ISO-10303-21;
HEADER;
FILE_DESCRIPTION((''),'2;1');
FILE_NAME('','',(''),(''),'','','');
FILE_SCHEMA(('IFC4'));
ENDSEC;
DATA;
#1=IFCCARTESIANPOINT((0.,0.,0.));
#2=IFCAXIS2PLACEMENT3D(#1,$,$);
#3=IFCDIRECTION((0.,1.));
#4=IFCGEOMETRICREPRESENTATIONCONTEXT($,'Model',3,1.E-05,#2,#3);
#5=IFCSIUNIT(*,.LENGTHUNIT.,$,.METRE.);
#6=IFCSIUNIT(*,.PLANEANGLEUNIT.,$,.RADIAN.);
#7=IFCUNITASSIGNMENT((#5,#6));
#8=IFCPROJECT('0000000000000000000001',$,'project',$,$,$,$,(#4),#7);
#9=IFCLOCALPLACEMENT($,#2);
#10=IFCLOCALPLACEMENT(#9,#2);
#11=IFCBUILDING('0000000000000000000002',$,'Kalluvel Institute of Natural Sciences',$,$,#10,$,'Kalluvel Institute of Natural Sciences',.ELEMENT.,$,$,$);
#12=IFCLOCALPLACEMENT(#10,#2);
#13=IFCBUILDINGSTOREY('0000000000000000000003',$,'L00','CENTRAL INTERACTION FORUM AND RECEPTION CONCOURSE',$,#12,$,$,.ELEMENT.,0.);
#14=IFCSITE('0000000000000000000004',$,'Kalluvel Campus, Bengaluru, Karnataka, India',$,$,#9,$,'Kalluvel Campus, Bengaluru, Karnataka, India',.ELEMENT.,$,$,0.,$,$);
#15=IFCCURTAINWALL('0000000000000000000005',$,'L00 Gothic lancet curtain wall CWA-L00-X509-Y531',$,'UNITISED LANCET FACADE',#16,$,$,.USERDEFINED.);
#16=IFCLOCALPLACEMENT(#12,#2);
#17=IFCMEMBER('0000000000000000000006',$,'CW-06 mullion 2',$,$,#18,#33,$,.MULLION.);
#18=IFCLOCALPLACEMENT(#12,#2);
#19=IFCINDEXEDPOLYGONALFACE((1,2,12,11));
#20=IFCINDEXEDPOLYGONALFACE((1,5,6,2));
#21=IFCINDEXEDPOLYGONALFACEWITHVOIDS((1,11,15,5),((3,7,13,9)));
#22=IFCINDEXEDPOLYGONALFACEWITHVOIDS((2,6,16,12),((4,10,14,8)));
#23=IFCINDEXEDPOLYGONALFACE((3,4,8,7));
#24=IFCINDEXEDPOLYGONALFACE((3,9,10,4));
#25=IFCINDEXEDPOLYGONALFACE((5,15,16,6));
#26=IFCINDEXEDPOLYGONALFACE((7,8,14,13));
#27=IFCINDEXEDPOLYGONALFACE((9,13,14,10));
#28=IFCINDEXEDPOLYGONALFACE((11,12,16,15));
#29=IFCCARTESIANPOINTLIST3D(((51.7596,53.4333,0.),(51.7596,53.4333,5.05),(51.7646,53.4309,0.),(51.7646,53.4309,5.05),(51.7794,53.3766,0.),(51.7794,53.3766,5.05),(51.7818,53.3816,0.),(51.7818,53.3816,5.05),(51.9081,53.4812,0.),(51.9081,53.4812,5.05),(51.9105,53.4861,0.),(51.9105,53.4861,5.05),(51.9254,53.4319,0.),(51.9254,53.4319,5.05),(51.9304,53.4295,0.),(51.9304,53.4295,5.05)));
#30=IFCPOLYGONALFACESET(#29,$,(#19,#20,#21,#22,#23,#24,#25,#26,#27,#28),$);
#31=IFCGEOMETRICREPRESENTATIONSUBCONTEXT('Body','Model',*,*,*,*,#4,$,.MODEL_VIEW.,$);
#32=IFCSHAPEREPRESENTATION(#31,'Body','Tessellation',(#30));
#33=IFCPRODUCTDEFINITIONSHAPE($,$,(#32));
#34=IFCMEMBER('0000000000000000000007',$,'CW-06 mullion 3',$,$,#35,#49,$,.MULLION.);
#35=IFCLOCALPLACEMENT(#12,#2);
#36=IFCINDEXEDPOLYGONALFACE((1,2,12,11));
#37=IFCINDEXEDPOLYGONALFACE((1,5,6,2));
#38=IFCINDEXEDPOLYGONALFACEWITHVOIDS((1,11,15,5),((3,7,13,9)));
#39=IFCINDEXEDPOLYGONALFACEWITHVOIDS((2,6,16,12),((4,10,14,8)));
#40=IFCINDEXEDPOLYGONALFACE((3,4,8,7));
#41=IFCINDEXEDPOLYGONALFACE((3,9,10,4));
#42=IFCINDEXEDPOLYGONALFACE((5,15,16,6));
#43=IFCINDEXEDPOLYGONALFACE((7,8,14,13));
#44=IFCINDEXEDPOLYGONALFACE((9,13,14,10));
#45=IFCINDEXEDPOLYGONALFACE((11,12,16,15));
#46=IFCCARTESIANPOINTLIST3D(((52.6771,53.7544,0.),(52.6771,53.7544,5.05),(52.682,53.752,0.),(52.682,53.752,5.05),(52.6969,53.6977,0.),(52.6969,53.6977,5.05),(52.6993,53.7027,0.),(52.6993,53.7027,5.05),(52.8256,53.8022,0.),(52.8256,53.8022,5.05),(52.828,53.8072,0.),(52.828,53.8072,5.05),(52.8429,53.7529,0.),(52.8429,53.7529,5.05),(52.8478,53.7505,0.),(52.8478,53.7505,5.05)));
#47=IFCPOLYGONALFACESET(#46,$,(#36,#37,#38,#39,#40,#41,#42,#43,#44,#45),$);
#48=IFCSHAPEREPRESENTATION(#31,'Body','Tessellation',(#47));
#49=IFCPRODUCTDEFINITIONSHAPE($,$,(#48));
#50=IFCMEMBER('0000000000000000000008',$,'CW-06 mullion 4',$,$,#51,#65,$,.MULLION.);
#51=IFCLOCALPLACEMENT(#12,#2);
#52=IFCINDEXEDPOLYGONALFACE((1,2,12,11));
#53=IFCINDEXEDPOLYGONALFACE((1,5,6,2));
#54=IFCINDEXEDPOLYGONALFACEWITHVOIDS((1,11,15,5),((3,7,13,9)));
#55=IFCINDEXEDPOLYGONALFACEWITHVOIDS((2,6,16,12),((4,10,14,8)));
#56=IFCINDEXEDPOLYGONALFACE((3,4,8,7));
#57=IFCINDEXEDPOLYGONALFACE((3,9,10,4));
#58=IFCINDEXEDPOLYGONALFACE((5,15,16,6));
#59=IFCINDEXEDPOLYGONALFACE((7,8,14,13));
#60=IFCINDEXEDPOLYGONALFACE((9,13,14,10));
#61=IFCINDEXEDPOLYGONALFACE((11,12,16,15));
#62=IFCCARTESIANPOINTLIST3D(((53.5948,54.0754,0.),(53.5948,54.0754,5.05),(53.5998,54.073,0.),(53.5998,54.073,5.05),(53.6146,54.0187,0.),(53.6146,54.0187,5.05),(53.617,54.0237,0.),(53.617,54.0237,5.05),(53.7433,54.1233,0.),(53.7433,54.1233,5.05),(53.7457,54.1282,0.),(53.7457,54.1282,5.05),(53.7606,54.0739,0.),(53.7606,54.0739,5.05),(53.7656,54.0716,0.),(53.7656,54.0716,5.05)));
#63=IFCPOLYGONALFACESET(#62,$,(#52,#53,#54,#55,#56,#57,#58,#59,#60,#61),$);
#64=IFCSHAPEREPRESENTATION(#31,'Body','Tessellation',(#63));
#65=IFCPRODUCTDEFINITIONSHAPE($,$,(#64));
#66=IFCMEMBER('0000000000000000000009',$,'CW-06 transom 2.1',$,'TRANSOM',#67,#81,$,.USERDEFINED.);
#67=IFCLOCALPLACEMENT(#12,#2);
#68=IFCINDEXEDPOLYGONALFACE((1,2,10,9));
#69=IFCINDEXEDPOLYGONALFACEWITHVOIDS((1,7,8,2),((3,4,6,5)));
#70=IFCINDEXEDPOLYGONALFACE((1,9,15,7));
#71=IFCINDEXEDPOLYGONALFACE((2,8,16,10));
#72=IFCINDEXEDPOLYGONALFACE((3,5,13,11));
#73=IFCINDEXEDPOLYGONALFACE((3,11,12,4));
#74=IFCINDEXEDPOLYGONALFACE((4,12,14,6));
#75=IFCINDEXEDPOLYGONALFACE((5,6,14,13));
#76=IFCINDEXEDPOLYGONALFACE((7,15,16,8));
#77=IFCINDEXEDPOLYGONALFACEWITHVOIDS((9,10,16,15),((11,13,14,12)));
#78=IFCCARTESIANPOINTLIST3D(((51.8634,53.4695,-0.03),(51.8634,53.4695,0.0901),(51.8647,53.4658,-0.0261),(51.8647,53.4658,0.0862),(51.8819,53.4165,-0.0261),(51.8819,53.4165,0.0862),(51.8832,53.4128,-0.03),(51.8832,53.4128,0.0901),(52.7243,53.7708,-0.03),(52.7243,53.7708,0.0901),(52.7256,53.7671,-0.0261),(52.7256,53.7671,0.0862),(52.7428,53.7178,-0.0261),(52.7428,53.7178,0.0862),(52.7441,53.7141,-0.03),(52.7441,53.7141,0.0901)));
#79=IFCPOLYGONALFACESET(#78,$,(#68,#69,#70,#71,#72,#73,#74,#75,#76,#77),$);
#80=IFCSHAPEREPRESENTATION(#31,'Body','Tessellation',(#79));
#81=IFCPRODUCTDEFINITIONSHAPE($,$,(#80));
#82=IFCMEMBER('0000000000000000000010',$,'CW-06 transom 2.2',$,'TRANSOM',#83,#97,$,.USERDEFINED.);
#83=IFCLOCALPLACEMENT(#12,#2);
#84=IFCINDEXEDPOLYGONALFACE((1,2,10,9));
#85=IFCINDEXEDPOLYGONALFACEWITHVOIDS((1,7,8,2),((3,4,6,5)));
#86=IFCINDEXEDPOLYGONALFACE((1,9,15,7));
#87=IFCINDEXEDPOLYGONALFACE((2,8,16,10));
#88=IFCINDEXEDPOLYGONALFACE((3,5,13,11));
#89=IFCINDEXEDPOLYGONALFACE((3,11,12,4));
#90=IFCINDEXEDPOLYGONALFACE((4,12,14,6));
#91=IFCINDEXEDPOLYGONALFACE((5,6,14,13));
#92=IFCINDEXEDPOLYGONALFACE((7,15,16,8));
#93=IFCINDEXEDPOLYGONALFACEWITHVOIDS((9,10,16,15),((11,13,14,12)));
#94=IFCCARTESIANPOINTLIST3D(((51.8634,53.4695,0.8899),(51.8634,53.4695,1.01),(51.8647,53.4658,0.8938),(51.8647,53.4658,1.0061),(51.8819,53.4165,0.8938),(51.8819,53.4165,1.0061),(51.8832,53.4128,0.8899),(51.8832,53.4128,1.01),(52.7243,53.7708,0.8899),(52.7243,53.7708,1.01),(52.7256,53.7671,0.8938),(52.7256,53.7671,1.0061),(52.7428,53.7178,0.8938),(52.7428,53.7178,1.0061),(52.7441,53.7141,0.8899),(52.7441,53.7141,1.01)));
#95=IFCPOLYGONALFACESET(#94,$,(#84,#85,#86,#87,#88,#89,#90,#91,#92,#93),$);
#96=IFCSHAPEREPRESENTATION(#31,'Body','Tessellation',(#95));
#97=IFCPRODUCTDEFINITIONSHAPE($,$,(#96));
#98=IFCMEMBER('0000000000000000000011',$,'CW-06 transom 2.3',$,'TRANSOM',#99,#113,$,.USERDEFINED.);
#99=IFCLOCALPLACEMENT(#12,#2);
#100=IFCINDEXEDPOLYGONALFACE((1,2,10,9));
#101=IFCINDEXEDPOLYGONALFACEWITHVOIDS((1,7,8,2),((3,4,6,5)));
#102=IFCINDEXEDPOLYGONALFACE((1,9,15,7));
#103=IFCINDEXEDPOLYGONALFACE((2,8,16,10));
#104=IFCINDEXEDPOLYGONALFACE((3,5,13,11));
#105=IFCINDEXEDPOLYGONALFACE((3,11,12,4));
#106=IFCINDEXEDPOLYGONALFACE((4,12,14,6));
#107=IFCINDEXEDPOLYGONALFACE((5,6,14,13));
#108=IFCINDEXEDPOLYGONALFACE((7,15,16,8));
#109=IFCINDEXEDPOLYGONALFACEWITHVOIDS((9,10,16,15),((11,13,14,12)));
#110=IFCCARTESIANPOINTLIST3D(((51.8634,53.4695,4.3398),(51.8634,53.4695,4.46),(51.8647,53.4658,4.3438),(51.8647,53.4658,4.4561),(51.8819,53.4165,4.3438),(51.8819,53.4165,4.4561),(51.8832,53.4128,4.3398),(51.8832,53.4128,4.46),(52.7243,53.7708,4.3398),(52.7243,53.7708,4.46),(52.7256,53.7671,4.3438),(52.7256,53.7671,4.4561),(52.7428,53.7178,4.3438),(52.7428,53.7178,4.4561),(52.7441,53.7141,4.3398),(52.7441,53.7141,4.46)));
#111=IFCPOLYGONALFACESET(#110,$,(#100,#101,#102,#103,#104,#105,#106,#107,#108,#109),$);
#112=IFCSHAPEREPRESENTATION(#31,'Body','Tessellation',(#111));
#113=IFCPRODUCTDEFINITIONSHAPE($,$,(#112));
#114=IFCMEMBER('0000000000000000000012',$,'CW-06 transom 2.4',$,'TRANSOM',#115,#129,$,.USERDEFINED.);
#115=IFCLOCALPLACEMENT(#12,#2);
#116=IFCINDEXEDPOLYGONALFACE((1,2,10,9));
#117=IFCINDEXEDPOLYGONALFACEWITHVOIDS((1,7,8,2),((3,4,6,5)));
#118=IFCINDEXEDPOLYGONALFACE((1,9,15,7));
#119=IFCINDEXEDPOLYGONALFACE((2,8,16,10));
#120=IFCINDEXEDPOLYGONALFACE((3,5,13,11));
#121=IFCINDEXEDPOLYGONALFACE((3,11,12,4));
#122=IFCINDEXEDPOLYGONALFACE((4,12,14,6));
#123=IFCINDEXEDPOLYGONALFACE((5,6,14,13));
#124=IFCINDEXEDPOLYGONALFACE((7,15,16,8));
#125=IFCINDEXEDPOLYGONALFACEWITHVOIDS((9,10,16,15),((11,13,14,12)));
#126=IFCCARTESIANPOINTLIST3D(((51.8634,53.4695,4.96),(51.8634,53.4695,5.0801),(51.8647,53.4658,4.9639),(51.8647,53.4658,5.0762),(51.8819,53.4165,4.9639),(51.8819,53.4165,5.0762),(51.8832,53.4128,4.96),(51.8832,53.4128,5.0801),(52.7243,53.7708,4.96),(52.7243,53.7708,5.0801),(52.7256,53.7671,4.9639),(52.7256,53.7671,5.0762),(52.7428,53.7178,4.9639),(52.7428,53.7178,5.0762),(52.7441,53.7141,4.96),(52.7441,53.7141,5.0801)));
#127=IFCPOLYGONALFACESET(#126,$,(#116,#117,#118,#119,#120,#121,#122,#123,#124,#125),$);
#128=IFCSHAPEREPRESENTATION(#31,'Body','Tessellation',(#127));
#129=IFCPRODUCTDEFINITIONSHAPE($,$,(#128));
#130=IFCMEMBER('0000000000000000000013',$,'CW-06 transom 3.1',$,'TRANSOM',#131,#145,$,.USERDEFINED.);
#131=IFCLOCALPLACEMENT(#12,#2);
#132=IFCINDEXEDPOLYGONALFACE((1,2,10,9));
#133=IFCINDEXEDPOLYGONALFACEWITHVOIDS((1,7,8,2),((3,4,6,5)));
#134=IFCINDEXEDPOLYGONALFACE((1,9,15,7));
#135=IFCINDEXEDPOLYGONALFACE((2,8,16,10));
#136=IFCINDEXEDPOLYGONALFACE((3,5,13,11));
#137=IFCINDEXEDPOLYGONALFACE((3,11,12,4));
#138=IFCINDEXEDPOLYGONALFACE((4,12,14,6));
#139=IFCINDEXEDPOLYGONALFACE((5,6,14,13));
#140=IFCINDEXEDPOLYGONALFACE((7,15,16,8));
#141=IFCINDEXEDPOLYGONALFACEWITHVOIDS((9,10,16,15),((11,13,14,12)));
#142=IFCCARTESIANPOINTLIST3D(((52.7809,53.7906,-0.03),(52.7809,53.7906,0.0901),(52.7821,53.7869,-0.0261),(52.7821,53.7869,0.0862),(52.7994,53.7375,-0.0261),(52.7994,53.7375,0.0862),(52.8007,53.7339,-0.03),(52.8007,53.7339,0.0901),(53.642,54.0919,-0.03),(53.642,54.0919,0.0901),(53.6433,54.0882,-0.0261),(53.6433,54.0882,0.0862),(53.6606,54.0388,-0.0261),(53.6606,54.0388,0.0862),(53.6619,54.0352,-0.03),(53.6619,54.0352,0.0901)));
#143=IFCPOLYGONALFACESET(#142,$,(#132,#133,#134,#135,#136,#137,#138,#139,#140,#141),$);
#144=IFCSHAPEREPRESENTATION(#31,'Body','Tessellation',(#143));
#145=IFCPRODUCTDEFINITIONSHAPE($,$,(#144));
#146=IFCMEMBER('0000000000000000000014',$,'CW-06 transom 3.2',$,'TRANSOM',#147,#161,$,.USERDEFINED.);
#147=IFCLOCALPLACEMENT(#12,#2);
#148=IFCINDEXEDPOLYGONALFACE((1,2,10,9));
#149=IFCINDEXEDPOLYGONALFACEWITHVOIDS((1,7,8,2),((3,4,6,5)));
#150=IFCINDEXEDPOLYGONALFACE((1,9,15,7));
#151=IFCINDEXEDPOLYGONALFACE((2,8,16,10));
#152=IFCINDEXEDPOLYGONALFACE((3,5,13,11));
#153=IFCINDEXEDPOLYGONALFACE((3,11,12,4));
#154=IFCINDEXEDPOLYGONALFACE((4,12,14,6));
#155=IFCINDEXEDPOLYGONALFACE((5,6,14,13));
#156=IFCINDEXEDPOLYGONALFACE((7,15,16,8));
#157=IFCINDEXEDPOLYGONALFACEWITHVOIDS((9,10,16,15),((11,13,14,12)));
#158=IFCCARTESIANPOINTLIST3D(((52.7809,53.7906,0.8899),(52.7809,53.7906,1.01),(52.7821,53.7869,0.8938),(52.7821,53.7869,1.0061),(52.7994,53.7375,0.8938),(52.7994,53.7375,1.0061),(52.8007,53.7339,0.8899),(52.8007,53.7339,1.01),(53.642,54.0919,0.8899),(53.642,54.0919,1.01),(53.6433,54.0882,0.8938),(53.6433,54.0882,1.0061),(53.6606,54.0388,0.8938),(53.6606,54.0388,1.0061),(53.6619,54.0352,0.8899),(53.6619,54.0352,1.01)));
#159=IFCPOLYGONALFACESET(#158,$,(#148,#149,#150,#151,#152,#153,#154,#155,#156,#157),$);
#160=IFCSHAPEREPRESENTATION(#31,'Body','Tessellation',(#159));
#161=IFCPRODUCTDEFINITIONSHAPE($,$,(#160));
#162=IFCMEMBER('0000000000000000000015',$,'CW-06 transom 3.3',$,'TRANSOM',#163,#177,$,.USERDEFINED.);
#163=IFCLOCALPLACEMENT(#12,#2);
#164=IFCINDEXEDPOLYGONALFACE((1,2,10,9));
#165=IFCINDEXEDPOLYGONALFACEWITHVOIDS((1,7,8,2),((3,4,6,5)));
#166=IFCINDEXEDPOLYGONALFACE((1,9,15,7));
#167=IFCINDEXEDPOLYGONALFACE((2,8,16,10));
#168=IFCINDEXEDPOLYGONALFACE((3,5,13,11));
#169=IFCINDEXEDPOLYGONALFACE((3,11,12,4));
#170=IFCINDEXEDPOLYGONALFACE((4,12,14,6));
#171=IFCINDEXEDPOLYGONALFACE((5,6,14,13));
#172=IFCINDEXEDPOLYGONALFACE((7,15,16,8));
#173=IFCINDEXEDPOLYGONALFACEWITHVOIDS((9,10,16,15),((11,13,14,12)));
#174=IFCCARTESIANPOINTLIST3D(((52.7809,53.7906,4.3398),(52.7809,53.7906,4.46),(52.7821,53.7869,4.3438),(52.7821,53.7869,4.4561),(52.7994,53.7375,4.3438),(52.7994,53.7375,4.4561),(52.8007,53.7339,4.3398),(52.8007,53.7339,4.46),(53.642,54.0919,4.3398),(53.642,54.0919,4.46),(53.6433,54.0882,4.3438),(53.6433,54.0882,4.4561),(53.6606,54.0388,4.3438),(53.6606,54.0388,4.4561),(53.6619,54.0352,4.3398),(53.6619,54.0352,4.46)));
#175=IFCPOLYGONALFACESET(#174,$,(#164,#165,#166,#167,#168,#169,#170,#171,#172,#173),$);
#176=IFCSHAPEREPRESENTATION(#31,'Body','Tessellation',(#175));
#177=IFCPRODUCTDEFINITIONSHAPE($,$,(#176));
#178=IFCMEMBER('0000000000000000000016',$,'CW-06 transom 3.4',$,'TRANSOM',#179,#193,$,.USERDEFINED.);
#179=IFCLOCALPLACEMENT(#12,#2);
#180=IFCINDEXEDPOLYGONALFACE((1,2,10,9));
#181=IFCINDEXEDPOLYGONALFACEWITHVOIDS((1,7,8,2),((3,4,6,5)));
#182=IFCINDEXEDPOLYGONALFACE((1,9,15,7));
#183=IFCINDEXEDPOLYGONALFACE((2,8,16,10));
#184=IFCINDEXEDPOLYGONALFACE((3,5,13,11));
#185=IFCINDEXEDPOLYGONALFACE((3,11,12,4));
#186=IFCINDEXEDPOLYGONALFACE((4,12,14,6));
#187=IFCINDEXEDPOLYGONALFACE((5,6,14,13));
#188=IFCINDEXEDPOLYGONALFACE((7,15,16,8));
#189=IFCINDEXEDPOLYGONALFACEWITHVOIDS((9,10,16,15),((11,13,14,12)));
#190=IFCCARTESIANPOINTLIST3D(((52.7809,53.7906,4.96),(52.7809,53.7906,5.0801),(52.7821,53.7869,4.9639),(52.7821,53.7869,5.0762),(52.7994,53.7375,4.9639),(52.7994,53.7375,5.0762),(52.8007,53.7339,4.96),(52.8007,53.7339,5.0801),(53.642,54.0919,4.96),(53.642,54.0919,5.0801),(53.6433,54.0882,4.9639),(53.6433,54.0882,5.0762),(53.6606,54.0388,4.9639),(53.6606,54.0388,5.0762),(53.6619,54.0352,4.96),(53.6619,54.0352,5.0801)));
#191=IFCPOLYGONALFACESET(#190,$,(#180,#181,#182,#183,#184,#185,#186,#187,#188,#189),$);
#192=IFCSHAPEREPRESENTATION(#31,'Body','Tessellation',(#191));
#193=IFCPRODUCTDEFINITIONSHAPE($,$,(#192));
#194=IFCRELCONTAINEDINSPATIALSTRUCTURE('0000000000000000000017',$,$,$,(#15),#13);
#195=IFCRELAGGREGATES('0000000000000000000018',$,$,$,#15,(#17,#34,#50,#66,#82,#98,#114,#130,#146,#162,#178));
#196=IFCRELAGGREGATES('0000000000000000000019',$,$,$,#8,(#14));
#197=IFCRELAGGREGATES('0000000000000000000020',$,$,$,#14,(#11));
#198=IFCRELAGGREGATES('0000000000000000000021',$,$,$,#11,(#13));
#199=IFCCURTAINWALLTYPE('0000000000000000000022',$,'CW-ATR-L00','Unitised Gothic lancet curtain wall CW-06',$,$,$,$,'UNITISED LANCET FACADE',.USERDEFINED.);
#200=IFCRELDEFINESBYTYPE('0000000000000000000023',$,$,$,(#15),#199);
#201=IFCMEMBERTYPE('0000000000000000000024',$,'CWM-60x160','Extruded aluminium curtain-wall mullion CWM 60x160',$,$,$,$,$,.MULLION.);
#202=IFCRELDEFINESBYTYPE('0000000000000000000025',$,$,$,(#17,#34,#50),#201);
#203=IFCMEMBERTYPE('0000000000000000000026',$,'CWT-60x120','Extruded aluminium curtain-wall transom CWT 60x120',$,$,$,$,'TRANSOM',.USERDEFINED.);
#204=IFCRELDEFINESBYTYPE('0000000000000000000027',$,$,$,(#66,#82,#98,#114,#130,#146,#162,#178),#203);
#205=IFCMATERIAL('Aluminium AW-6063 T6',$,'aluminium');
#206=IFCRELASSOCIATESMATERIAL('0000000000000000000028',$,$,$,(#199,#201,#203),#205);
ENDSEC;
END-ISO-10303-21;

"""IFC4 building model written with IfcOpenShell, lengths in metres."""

from ifc_helpers import new_model, si_unit, direction, frame, origin, origin_2d, place, context, subcontext, project, spatial, hollow_rectangle, extrude, material, material_profile, profile_set, type_object, element, aggregate, save


model = new_model("IFC4")

# Units and contexts
model_context = context("Model", 3, precision=1e-05, world=origin(), true_north=direction((0.0, 1.0)))
body_context = subcontext(model_context, "Body", "Model", "MODEL_VIEW")
ifc_project = project(units=[si_unit("LENGTHUNIT", "METRE"), si_unit("PLANEANGLEUNIT", "RADIAN")], contexts=[model_context])

# Site, building, storey
site_placement = place(None, origin())
site = spatial("IfcSite", under=ifc_project, at=site_placement, Name="Kalluvel Campus, Bengaluru, Karnataka, India", LongName="Kalluvel Campus, Bengaluru, Karnataka, India", CompositionType="ELEMENT", RefElevation=0.0)
building_placement = place(site_placement, origin())
building = spatial("IfcBuilding", under=site, at=building_placement, Name="Kalluvel Institute of Natural Sciences", LongName="Kalluvel Institute of Natural Sciences", CompositionType="ELEMENT")
storey_placement = place(building_placement, origin())
storey = spatial("IfcBuildingStorey", under=building, at=storey_placement, Name="L00", Description="CENTRAL INTERACTION FORUM AND RECEPTION CONCOURSE", CompositionType="ELEMENT", Elevation=0.0)

# Curtain wall, members
ifc_material_1 = material(Name="Aluminium AW-6063 T6", Category="aluminium")
curtain_wall_type = type_object("IfcCurtainWallType", Name="CW-ATR-L00", Description="Unitised Gothic lancet curtain wall CW-06", ElementType="UNITISED LANCET FACADE", PredefinedType="USERDEFINED", material=ifc_material_1)
curtain_wall_placement = place(storey_placement, origin())
curtain_wall = element("IfcCurtainWall", 1, at=curtain_wall_placement, inside=storey, type_object=curtain_wall_type, Name="L00 Gothic lancet curtain wall CWA-L00-X509-Y531", ObjectType="UNITISED LANCET FACADE", PredefinedType="USERDEFINED")
ifc_material_profile_1 = material_profile(ifc_material_1, hollow_rectangle(XDim=0.0601, YDim=0.1599, WallThickness=0.0039, at=origin_2d()), Name="CWM 60x160")
ifc_profile_set_1 = profile_set([ifc_material_profile_1], Name="Aluminium AW-6063 T6")
member_type_1 = type_object("IfcMemberType", Name="CWM-60x160", Description="Extruded aluminium curtain-wall mullion CWM 60x160", PredefinedType="MULLION", material=ifc_profile_set_1)
member_1_placement = place(storey_placement, frame((51.845, 53.4314, 0.0), z_axis=(0.0, 0.0, 1.0), x_axis=(-0.330295, 0.943878, 0.0)))
member_1 = element("IfcMember", 2, at=member_1_placement, type_object=member_type_1, Name="CW-06 mullion 2", PredefinedType="MULLION", context=body_context, shape_type="SweptSolid", body=[
    extrude(hollow_rectangle(XDim=0.0601, YDim=0.1599, WallThickness=0.0039, at=origin_2d()), origin(), (0.0, 0.0, 1.0), 5.05),
])
member_2_placement = place(storey_placement, frame((52.7625, 53.7524, 0.0), z_axis=(0.0, 0.0, 1.0), x_axis=(-0.330295, 0.943878, 0.0)))
member_2 = element("IfcMember", 3, at=member_2_placement, type_object=member_type_1, Name="CW-06 mullion 3", PredefinedType="MULLION", context=body_context, shape_type="SweptSolid", body=[
    extrude(hollow_rectangle(XDim=0.0601, YDim=0.1599, WallThickness=0.0039, at=origin_2d()), origin(), (0.0, 0.0, 1.0), 5.05),
])
member_3_placement = place(storey_placement, frame((53.6802, 54.0735, 0.0), z_axis=(0.0, 0.0, 1.0), x_axis=(-0.330295, 0.943878, 0.0)))
member_3 = element("IfcMember", 4, at=member_3_placement, type_object=member_type_1, Name="CW-06 mullion 4", PredefinedType="MULLION", context=body_context, shape_type="SweptSolid", body=[
    extrude(hollow_rectangle(XDim=0.0601, YDim=0.1599, WallThickness=0.0039, at=origin_2d()), origin(), (0.0, 0.0, 1.0), 5.05),
])
ifc_material_profile_2 = material_profile(ifc_material_1, hollow_rectangle(XDim=0.0601, YDim=0.1201, WallThickness=0.0039, at=origin_2d()), Name="CWT 60x120")
ifc_profile_set_2 = profile_set([ifc_material_profile_2], Name="Aluminium AW-6063 T6")
member_type_2 = type_object("IfcMemberType", Name="CWT-60x120", Description="Extruded aluminium curtain-wall transom CWT 60x120", ElementType="TRANSOM", PredefinedType="USERDEFINED", material=ifc_profile_set_2)
member_4_placement = place(storey_placement, frame((51.8733, 53.4412, 0.03), z_axis=(0.943867, 0.330327, 0.0), x_axis=(-0.330327, 0.943867, 0.0)))
member_4 = element("IfcMember", 5, at=member_4_placement, type_object=member_type_2, Name="CW-06 transom 2.1", ObjectType="TRANSOM", PredefinedType="USERDEFINED", context=body_context, shape_type="SweptSolid", body=[
    extrude(hollow_rectangle(XDim=0.0601, YDim=0.1201, WallThickness=0.0039, at=origin_2d()), origin(), (0.0, 0.0, 1.0), 0.9121),
])
member_5_placement = place(storey_placement, frame((51.8733, 53.4412, 0.95), z_axis=(0.943867, 0.330327, 0.0), x_axis=(-0.330327, 0.943867, 0.0)))
member_5 = element("IfcMember", 6, at=member_5_placement, type_object=member_type_2, Name="CW-06 transom 2.2", ObjectType="TRANSOM", PredefinedType="USERDEFINED", context=body_context, shape_type="SweptSolid", body=[
    extrude(hollow_rectangle(XDim=0.0601, YDim=0.1201, WallThickness=0.0039, at=origin_2d()), origin(), (0.0, 0.0, 1.0), 0.9121),
])
member_6_placement = place(storey_placement, frame((51.8733, 53.4412, 4.3999), z_axis=(0.943867, 0.330327, 0.0), x_axis=(-0.330327, 0.943867, 0.0)))
member_6 = element("IfcMember", 7, at=member_6_placement, type_object=member_type_2, Name="CW-06 transom 2.3", ObjectType="TRANSOM", PredefinedType="USERDEFINED", context=body_context, shape_type="SweptSolid", body=[
    extrude(hollow_rectangle(XDim=0.0601, YDim=0.1201, WallThickness=0.0039, at=origin_2d()), origin(), (0.0, 0.0, 1.0), 0.9121),
])
member_7_placement = place(storey_placement, frame((51.8733, 53.4412, 5.02), z_axis=(0.943867, 0.330327, 0.0), x_axis=(-0.330327, 0.943867, 0.0)))
member_7 = element("IfcMember", 8, at=member_7_placement, type_object=member_type_2, Name="CW-06 transom 2.4", ObjectType="TRANSOM", PredefinedType="USERDEFINED", context=body_context, shape_type="SweptSolid", body=[
    extrude(hollow_rectangle(XDim=0.0601, YDim=0.1201, WallThickness=0.0039, at=origin_2d()), origin(), (0.0, 0.0, 1.0), 0.9121),
])
member_8_placement = place(storey_placement, frame((52.7908, 53.7622, 0.03), z_axis=(0.943896, 0.330243, 0.0), x_axis=(-0.330243, 0.943896, 0.0)))
member_8 = element("IfcMember", 9, at=member_8_placement, type_object=member_type_2, Name="CW-06 transom 3.1", ObjectType="TRANSOM", PredefinedType="USERDEFINED", context=body_context, shape_type="SweptSolid", body=[
    extrude(hollow_rectangle(XDim=0.0601, YDim=0.1201, WallThickness=0.0039, at=origin_2d()), origin(), (0.0, 0.0, 1.0), 0.9124),
])
member_9_placement = place(storey_placement, frame((52.7908, 53.7622, 0.95), z_axis=(0.943896, 0.330243, 0.0), x_axis=(-0.330243, 0.943896, 0.0)))
member_9 = element("IfcMember", 10, at=member_9_placement, type_object=member_type_2, Name="CW-06 transom 3.2", ObjectType="TRANSOM", PredefinedType="USERDEFINED", context=body_context, shape_type="SweptSolid", body=[
    extrude(hollow_rectangle(XDim=0.0601, YDim=0.1201, WallThickness=0.0039, at=origin_2d()), origin(), (0.0, 0.0, 1.0), 0.9124),
])
member_10_placement = place(storey_placement, frame((52.7908, 53.7622, 4.3999), z_axis=(0.943896, 0.330243, 0.0), x_axis=(-0.330243, 0.943896, 0.0)))
member_10 = element("IfcMember", 11, at=member_10_placement, type_object=member_type_2, Name="CW-06 transom 3.3", ObjectType="TRANSOM", PredefinedType="USERDEFINED", context=body_context, shape_type="SweptSolid", body=[
    extrude(hollow_rectangle(XDim=0.0601, YDim=0.1201, WallThickness=0.0039, at=origin_2d()), origin(), (0.0, 0.0, 1.0), 0.9124),
])
member_11_placement = place(storey_placement, frame((52.7908, 53.7622, 5.02), z_axis=(0.943896, 0.330243, 0.0), x_axis=(-0.330243, 0.943896, 0.0)))
member_11 = element("IfcMember", 12, at=member_11_placement, type_object=member_type_2, Name="CW-06 transom 3.4", ObjectType="TRANSOM", PredefinedType="USERDEFINED", context=body_context, shape_type="SweptSolid", body=[
    extrude(hollow_rectangle(XDim=0.0601, YDim=0.1201, WallThickness=0.0039, at=origin_2d()), origin(), (0.0, 0.0, 1.0), 0.9124),
])

aggregate(curtain_wall, [member_1, member_2, member_3, member_4, member_5, member_6, member_7, member_8, member_9, member_10, member_11])

save(model, "model.ifc")
